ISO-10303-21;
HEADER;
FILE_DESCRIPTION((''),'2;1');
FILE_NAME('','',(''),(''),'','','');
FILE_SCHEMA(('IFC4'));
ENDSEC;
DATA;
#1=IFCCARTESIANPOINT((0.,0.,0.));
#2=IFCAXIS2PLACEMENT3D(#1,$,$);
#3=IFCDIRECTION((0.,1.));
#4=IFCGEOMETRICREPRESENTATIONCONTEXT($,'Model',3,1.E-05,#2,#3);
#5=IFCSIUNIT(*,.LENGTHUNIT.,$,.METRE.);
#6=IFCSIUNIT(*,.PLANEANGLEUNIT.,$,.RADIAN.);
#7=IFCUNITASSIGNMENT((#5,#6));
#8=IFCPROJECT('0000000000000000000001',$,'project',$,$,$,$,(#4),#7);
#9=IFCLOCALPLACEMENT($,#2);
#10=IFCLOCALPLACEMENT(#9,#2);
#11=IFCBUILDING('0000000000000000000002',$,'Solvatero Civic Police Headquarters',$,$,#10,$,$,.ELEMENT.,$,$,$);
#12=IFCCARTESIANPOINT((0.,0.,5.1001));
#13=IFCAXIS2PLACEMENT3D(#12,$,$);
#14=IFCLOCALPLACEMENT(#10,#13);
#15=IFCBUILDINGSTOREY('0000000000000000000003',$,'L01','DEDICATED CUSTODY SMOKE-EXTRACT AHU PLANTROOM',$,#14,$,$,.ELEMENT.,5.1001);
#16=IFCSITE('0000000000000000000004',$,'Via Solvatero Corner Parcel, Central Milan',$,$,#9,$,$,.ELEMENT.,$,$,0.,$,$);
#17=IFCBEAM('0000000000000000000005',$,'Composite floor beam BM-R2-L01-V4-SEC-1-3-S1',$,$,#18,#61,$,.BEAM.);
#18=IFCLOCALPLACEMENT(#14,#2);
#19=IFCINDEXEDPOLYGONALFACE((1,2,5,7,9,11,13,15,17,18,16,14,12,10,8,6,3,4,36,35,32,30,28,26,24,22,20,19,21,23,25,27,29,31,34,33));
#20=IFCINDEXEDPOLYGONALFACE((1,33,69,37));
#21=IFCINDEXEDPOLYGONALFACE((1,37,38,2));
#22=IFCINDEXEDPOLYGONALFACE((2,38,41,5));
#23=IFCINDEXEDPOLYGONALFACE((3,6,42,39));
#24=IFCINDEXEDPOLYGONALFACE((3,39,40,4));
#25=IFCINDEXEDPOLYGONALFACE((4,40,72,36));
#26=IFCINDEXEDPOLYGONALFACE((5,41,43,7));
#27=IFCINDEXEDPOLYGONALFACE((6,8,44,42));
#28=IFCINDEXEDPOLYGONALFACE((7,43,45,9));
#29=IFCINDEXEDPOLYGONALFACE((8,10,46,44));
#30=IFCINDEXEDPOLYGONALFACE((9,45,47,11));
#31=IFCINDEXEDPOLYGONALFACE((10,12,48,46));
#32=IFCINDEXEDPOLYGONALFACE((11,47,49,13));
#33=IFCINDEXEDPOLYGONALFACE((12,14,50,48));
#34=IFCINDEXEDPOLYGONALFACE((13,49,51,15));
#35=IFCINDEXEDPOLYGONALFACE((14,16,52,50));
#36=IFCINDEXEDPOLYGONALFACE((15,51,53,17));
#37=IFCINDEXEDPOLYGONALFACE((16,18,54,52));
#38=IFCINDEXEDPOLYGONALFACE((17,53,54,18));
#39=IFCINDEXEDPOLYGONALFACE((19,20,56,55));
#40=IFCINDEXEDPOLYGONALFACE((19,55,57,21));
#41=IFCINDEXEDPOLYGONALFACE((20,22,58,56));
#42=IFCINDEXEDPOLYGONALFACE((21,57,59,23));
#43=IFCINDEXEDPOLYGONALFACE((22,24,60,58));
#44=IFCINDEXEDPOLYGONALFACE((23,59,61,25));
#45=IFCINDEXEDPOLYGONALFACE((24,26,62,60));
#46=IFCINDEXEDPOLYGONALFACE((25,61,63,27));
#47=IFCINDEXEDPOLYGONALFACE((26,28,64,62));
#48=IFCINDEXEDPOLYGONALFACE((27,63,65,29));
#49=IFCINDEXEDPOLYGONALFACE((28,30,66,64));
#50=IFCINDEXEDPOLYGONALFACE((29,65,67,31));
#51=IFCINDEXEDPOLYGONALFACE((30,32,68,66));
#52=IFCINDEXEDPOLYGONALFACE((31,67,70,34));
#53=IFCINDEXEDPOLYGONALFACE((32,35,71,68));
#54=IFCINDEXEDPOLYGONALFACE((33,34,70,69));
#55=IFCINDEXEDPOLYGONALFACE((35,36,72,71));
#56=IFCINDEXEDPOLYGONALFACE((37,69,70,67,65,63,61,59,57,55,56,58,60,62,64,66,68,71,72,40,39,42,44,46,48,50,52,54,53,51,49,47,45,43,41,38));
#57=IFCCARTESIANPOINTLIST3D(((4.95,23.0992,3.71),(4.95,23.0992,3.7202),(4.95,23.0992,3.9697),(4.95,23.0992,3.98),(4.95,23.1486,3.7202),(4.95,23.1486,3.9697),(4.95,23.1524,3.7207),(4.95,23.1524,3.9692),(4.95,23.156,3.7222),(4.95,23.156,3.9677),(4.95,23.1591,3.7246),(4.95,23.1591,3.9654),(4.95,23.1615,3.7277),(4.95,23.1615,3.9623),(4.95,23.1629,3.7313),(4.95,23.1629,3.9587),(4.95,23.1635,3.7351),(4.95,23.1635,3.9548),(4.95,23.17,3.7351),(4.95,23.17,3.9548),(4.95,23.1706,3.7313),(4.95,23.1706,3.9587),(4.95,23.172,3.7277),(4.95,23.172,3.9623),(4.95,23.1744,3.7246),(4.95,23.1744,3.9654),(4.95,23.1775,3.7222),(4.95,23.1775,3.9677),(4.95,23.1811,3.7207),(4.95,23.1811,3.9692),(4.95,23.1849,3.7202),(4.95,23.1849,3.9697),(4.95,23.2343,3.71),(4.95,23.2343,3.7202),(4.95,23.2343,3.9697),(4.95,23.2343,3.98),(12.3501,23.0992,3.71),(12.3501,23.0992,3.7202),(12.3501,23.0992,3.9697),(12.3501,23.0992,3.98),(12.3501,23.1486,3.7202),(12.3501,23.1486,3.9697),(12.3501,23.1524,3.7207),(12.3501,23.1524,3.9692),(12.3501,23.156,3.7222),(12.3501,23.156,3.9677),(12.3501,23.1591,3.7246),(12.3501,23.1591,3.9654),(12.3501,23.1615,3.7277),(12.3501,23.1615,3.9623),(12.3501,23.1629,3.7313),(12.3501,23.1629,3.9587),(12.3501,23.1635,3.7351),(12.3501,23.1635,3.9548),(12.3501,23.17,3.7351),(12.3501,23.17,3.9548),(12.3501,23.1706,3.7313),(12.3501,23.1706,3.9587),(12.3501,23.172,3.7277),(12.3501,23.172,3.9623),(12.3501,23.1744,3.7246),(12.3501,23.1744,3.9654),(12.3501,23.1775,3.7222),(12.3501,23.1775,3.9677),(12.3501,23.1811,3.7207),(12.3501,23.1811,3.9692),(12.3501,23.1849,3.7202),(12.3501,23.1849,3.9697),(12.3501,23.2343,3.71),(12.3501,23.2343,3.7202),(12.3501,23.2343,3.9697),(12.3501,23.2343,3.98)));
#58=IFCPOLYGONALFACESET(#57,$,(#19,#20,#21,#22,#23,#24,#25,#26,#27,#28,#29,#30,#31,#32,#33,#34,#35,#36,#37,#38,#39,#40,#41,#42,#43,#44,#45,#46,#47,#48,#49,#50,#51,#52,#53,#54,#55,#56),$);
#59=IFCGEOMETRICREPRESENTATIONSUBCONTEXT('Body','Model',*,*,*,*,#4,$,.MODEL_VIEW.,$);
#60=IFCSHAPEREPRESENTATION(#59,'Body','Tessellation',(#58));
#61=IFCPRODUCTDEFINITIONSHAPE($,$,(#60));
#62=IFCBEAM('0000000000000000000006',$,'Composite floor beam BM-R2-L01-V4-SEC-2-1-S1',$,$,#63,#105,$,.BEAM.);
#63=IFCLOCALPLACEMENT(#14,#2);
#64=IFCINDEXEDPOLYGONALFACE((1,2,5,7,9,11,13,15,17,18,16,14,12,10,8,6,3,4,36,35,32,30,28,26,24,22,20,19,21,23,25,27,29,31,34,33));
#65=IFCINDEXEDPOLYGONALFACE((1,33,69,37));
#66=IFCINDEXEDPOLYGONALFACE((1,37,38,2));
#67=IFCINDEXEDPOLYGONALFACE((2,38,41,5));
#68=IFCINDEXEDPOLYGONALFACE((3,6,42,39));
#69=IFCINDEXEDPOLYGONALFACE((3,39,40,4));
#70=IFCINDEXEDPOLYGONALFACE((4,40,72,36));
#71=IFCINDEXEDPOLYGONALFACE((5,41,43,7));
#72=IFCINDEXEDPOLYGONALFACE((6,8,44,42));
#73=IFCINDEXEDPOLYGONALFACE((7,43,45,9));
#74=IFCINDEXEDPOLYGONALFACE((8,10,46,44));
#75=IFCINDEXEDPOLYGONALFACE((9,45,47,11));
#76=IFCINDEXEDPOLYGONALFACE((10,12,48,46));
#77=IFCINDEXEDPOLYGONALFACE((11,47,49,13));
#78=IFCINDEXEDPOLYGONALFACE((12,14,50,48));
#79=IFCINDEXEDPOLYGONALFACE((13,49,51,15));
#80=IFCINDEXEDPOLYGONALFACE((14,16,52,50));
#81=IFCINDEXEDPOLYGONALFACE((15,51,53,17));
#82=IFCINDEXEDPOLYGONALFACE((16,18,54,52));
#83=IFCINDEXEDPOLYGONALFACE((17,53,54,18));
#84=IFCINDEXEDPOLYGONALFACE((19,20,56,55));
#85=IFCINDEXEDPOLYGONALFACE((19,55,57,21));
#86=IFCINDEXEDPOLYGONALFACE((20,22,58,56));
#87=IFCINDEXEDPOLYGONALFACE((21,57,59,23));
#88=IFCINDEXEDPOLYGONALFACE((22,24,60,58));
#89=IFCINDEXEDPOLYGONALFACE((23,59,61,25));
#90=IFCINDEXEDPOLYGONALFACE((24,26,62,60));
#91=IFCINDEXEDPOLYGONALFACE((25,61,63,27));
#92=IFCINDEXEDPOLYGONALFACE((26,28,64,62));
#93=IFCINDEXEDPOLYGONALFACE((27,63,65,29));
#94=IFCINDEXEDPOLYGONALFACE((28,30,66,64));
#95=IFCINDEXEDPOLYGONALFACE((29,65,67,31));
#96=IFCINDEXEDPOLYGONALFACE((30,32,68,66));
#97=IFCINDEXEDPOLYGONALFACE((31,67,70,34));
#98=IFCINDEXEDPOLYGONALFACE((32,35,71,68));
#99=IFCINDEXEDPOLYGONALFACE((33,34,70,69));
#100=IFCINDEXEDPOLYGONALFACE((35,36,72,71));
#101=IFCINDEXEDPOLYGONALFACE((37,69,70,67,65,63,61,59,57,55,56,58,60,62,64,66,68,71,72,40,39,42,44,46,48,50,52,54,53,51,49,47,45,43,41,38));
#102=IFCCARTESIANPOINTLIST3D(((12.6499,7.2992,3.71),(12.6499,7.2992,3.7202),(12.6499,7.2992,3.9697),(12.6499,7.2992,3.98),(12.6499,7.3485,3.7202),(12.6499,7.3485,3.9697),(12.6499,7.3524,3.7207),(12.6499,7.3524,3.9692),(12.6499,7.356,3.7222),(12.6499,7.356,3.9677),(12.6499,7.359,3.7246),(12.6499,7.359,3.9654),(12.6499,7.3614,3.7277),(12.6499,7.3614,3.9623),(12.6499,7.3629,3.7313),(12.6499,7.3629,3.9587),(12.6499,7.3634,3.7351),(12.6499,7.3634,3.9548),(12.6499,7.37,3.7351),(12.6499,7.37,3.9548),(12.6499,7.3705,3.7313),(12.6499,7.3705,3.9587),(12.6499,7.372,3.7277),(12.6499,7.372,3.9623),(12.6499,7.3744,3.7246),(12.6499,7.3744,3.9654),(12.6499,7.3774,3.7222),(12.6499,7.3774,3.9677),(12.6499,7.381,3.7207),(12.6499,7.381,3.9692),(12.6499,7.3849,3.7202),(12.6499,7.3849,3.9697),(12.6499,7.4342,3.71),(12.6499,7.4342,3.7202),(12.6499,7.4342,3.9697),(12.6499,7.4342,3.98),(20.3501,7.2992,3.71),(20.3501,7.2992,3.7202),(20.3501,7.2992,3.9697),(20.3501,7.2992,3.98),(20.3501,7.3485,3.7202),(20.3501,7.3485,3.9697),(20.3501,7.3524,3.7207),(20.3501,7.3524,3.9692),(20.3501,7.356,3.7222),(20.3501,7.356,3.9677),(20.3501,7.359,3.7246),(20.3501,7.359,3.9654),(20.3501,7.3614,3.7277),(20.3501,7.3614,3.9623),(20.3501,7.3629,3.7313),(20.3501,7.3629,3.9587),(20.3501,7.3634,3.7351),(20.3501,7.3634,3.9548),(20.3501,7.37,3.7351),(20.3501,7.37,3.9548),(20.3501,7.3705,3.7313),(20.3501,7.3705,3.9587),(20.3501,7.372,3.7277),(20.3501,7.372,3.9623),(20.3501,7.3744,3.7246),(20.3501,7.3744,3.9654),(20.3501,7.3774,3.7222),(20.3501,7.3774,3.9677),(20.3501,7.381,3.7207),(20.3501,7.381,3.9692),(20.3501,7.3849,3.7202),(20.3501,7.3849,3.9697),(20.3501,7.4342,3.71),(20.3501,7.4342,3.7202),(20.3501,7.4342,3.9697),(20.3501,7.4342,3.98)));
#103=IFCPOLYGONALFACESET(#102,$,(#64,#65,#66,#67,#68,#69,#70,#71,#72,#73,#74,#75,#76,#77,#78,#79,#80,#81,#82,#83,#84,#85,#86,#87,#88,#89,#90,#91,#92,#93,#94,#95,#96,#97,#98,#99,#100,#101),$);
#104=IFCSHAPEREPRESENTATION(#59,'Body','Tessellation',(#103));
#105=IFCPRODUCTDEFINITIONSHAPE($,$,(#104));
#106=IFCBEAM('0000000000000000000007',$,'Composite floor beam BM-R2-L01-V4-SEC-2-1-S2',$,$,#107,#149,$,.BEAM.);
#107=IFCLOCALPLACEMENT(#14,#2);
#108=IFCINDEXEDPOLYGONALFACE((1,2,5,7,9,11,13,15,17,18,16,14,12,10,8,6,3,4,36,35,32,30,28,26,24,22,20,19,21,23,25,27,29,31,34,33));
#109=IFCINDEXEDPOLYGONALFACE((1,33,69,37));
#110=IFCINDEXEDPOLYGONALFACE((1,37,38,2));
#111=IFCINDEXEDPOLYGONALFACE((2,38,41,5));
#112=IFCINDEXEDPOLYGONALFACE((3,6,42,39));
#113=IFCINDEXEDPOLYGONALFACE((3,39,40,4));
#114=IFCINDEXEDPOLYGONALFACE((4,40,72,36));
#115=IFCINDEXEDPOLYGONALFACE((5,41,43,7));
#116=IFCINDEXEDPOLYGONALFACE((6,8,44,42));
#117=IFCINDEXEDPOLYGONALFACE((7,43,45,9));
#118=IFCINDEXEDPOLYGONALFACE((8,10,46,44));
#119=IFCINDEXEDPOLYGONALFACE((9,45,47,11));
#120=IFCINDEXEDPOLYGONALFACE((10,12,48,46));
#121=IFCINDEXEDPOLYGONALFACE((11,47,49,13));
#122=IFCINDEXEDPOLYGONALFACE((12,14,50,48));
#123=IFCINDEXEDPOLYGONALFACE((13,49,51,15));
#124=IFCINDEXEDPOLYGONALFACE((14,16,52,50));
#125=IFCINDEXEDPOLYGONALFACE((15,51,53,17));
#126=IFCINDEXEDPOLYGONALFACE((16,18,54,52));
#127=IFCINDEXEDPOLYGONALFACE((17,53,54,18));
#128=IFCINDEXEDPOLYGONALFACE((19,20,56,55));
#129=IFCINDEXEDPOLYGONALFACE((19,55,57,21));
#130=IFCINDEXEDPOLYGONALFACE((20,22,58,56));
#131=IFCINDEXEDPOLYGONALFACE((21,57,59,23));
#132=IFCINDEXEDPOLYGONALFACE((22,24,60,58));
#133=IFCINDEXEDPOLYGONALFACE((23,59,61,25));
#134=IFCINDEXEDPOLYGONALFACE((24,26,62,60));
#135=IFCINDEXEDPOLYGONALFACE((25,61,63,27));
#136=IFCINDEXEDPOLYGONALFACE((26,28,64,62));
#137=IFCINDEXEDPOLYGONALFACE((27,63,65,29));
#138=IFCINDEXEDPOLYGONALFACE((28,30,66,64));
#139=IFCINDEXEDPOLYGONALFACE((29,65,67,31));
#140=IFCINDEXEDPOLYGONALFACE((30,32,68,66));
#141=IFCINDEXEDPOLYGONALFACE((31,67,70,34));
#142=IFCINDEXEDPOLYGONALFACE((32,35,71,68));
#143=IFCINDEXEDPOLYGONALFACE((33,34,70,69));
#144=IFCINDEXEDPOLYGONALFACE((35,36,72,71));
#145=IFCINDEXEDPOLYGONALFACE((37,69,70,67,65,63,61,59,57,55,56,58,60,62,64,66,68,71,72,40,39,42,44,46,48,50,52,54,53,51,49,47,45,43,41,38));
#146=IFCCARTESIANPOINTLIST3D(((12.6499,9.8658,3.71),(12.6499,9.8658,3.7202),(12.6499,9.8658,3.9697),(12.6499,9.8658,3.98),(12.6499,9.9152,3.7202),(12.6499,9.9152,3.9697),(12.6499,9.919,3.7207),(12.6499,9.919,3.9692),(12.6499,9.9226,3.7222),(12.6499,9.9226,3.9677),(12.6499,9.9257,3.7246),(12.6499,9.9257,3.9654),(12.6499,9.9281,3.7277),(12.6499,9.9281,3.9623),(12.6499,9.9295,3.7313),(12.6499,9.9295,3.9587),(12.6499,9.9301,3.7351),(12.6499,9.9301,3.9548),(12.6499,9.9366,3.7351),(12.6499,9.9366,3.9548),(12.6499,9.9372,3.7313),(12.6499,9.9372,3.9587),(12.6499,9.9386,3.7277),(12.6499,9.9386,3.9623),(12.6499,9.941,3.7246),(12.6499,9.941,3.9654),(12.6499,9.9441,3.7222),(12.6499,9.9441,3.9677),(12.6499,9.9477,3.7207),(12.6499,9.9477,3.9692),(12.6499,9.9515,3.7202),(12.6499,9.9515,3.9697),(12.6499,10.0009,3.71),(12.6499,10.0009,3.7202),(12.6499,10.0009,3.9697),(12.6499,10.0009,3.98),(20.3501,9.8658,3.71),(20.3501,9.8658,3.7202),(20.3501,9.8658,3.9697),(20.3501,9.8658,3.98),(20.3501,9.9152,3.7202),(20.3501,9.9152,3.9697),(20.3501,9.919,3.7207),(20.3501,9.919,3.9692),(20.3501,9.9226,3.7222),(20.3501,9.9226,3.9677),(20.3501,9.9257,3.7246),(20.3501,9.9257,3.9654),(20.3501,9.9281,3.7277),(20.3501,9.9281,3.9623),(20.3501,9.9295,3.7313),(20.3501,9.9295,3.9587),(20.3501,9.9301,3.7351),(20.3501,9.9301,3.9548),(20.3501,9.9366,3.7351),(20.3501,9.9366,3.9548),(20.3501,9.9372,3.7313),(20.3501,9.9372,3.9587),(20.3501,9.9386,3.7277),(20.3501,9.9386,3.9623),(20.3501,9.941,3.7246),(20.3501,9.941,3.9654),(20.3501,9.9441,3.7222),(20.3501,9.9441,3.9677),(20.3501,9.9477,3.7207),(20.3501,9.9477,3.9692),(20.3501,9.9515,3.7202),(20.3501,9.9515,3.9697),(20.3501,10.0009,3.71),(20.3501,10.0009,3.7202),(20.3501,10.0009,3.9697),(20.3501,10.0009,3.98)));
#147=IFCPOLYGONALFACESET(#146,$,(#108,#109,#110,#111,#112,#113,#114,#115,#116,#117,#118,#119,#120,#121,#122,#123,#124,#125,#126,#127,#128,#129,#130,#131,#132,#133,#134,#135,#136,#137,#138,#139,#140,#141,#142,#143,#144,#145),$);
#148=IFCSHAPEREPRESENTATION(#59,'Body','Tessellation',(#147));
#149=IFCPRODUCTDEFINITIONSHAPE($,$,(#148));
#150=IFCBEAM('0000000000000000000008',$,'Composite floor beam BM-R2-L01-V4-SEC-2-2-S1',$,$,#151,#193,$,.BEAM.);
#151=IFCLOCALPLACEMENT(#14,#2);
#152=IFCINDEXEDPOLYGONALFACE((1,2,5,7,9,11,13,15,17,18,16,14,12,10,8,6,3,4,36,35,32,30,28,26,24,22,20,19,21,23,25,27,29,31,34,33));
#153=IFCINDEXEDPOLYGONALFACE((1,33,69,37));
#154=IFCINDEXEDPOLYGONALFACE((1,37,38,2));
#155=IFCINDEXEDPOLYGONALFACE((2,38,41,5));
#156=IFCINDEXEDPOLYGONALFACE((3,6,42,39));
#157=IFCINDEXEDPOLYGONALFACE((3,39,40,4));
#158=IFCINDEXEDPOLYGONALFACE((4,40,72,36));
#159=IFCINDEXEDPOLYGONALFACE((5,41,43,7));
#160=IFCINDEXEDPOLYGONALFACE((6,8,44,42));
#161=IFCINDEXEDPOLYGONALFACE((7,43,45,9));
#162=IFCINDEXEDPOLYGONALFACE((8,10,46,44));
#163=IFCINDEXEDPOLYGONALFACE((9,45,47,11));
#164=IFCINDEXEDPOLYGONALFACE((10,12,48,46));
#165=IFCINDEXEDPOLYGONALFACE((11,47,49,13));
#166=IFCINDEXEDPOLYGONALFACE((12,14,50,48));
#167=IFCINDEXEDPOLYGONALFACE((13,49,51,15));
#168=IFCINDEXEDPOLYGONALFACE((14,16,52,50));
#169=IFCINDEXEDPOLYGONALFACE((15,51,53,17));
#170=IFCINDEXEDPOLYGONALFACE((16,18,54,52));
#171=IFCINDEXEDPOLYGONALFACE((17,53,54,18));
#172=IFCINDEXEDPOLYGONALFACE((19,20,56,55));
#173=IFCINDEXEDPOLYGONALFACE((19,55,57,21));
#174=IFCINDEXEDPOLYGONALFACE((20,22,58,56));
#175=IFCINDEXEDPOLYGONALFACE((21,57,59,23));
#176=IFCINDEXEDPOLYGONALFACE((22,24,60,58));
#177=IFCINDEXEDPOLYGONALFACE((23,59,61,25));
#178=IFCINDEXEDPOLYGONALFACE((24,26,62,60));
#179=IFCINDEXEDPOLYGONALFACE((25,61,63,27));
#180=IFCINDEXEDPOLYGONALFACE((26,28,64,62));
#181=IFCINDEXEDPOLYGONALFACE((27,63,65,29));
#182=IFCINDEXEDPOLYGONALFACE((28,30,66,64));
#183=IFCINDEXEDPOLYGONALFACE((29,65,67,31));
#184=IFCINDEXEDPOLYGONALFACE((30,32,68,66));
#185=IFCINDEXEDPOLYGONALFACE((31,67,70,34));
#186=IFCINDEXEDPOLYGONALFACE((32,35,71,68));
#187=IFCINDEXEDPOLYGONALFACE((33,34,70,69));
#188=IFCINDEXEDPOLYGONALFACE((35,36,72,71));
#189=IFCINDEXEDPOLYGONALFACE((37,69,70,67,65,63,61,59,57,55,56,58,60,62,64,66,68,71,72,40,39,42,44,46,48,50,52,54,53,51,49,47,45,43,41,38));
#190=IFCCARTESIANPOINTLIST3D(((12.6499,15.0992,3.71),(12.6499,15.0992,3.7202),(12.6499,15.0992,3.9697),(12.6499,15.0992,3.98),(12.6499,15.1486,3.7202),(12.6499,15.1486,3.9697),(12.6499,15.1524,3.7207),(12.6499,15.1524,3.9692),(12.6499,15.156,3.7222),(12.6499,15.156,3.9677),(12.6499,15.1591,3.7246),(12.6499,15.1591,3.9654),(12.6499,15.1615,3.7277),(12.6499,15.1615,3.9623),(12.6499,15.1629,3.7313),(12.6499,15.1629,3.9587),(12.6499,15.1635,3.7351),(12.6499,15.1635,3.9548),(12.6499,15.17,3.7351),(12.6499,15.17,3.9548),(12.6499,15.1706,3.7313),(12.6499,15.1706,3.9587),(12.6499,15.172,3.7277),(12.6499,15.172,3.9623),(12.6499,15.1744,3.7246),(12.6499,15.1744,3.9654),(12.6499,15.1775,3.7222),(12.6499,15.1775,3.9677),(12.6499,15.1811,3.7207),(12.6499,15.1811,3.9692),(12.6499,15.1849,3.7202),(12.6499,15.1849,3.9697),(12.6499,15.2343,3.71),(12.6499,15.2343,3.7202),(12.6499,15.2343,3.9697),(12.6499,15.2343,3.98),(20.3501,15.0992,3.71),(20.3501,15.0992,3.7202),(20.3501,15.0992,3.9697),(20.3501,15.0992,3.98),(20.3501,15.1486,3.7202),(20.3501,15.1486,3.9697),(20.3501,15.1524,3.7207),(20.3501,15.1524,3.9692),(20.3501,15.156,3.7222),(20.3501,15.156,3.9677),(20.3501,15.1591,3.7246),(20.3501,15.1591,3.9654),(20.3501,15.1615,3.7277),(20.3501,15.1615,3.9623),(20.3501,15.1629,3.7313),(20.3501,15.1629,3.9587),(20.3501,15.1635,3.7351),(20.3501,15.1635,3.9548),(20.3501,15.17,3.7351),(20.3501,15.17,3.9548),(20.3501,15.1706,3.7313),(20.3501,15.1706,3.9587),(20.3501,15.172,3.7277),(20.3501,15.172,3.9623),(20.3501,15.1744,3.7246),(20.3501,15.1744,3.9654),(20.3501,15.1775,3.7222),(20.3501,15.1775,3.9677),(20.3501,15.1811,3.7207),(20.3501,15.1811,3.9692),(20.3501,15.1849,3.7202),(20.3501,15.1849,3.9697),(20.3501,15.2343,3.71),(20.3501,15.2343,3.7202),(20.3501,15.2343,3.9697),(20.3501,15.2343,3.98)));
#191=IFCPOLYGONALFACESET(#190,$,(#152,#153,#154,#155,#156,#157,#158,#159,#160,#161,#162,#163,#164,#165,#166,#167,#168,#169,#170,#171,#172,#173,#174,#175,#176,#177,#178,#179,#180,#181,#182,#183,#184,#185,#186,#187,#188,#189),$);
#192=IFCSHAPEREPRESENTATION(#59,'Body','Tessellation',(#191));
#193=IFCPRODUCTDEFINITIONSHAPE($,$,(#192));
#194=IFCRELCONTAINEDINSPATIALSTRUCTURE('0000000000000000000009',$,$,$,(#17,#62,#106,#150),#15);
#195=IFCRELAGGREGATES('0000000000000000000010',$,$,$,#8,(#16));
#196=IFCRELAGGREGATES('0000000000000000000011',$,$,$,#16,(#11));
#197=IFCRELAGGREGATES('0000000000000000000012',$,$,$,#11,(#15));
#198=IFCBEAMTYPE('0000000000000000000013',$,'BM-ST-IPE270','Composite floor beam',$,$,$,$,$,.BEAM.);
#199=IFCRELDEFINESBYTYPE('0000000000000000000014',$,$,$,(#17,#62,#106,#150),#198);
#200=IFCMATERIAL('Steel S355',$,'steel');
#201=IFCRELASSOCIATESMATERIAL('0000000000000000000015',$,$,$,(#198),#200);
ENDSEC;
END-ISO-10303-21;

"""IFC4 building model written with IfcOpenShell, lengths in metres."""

from ifc_helpers import new_model, si_unit, direction, frame, origin, origin_2d, place, context, subcontext, project, spatial, i_section, extrude, material, material_profile, profile_set, type_object, element, save


model = new_model("IFC4")

# Units and contexts
model_context = context("Model", 3, precision=1e-05, world=origin(), true_north=direction((0.0, 1.0)))
body_context = subcontext(model_context, "Body", "Model", "MODEL_VIEW")
ifc_project = project(units=[si_unit("LENGTHUNIT", "METRE"), si_unit("PLANEANGLEUNIT", "RADIAN")], contexts=[model_context])

# Site, building, storey
site_placement = place(None, origin())
site = spatial("IfcSite", under=ifc_project, at=site_placement, Name="Via Solvatero Corner Parcel, Central Milan", CompositionType="ELEMENT", RefElevation=0.0)
building_placement = place(site_placement, origin())
building = spatial("IfcBuilding", under=site, at=building_placement, Name="Solvatero Civic Police Headquarters", CompositionType="ELEMENT")
storey_placement = place(building_placement, frame((0.0, 0.0, 5.1001)))
storey = spatial("IfcBuildingStorey", under=building, at=storey_placement, Name="L01", Description="DEDICATED CUSTODY SMOKE-EXTRACT AHU PLANTROOM", CompositionType="ELEMENT", Elevation=5.1001)

# Shared definitions
ifc_material_1 = material(Name="Steel S355", Category="steel")

# Beams
ifc_material_profile_1 = material_profile(ifc_material_1, i_section(OverallWidth=0.135, OverallDepth=0.27, WebThickness=0.0066, FlangeThickness=0.0103, FilletRadius=0.0149, at=origin_2d()), Name="IPE 270")
ifc_profile_set_1 = profile_set([ifc_material_profile_1], Name="Steel S355")
beam_type_1 = type_object("IfcBeamType", Name="BM-ST-IPE270", Description="Composite floor beam", PredefinedType="BEAM", material=ifc_profile_set_1)
for number, where, z_axis, x_axis, name in (
    (1, (4.95, 23.1667, 3.845), (1.0, 0.0, 0.0), (0.0, 1.0, 0.0), "Composite floor beam BM-R2-L01-V4-SEC-1-3-S1"),
):
    element("IfcBeam", number, at=place(storey_placement, frame(where, z_axis=z_axis, x_axis=x_axis)), inside=storey, type_object=beam_type_1, Name=name, PredefinedType="BEAM", context=body_context, shape_type="SweptSolid", body=[
        extrude(i_section(OverallWidth=0.135, OverallDepth=0.27, WebThickness=0.0066, FlangeThickness=0.0103, FilletRadius=0.0149, at=origin_2d()), origin(), (0.0, 0.0, 1.0), 7.4001),
    ])
for number, where, z_axis, x_axis, name in (
    (2, (12.6499, 7.3667, 3.845), (1.0, 0.0, 0.0), (0.0, 1.0, 0.0), "Composite floor beam BM-R2-L01-V4-SEC-2-1-S1"),
    (3, (12.6499, 9.9333, 3.845), (1.0, 0.0, 0.0), (0.0, 1.0, 0.0), "Composite floor beam BM-R2-L01-V4-SEC-2-1-S2"),
    (4, (12.6499, 15.1667, 3.845), (1.0, 0.0, 0.0), (0.0, 1.0, 0.0), "Composite floor beam BM-R2-L01-V4-SEC-2-2-S1"),
):
    element("IfcBeam", number, at=place(storey_placement, frame(where, z_axis=z_axis, x_axis=x_axis)), inside=storey, type_object=beam_type_1, Name=name, PredefinedType="BEAM", context=body_context, shape_type="SweptSolid", body=[
        extrude(i_section(OverallWidth=0.135, OverallDepth=0.27, WebThickness=0.0066, FlangeThickness=0.0103, FilletRadius=0.0149, at=origin_2d()), origin(), (0.0, 0.0, 1.0), 7.7002),
    ])

save(model, "model.ifc")
